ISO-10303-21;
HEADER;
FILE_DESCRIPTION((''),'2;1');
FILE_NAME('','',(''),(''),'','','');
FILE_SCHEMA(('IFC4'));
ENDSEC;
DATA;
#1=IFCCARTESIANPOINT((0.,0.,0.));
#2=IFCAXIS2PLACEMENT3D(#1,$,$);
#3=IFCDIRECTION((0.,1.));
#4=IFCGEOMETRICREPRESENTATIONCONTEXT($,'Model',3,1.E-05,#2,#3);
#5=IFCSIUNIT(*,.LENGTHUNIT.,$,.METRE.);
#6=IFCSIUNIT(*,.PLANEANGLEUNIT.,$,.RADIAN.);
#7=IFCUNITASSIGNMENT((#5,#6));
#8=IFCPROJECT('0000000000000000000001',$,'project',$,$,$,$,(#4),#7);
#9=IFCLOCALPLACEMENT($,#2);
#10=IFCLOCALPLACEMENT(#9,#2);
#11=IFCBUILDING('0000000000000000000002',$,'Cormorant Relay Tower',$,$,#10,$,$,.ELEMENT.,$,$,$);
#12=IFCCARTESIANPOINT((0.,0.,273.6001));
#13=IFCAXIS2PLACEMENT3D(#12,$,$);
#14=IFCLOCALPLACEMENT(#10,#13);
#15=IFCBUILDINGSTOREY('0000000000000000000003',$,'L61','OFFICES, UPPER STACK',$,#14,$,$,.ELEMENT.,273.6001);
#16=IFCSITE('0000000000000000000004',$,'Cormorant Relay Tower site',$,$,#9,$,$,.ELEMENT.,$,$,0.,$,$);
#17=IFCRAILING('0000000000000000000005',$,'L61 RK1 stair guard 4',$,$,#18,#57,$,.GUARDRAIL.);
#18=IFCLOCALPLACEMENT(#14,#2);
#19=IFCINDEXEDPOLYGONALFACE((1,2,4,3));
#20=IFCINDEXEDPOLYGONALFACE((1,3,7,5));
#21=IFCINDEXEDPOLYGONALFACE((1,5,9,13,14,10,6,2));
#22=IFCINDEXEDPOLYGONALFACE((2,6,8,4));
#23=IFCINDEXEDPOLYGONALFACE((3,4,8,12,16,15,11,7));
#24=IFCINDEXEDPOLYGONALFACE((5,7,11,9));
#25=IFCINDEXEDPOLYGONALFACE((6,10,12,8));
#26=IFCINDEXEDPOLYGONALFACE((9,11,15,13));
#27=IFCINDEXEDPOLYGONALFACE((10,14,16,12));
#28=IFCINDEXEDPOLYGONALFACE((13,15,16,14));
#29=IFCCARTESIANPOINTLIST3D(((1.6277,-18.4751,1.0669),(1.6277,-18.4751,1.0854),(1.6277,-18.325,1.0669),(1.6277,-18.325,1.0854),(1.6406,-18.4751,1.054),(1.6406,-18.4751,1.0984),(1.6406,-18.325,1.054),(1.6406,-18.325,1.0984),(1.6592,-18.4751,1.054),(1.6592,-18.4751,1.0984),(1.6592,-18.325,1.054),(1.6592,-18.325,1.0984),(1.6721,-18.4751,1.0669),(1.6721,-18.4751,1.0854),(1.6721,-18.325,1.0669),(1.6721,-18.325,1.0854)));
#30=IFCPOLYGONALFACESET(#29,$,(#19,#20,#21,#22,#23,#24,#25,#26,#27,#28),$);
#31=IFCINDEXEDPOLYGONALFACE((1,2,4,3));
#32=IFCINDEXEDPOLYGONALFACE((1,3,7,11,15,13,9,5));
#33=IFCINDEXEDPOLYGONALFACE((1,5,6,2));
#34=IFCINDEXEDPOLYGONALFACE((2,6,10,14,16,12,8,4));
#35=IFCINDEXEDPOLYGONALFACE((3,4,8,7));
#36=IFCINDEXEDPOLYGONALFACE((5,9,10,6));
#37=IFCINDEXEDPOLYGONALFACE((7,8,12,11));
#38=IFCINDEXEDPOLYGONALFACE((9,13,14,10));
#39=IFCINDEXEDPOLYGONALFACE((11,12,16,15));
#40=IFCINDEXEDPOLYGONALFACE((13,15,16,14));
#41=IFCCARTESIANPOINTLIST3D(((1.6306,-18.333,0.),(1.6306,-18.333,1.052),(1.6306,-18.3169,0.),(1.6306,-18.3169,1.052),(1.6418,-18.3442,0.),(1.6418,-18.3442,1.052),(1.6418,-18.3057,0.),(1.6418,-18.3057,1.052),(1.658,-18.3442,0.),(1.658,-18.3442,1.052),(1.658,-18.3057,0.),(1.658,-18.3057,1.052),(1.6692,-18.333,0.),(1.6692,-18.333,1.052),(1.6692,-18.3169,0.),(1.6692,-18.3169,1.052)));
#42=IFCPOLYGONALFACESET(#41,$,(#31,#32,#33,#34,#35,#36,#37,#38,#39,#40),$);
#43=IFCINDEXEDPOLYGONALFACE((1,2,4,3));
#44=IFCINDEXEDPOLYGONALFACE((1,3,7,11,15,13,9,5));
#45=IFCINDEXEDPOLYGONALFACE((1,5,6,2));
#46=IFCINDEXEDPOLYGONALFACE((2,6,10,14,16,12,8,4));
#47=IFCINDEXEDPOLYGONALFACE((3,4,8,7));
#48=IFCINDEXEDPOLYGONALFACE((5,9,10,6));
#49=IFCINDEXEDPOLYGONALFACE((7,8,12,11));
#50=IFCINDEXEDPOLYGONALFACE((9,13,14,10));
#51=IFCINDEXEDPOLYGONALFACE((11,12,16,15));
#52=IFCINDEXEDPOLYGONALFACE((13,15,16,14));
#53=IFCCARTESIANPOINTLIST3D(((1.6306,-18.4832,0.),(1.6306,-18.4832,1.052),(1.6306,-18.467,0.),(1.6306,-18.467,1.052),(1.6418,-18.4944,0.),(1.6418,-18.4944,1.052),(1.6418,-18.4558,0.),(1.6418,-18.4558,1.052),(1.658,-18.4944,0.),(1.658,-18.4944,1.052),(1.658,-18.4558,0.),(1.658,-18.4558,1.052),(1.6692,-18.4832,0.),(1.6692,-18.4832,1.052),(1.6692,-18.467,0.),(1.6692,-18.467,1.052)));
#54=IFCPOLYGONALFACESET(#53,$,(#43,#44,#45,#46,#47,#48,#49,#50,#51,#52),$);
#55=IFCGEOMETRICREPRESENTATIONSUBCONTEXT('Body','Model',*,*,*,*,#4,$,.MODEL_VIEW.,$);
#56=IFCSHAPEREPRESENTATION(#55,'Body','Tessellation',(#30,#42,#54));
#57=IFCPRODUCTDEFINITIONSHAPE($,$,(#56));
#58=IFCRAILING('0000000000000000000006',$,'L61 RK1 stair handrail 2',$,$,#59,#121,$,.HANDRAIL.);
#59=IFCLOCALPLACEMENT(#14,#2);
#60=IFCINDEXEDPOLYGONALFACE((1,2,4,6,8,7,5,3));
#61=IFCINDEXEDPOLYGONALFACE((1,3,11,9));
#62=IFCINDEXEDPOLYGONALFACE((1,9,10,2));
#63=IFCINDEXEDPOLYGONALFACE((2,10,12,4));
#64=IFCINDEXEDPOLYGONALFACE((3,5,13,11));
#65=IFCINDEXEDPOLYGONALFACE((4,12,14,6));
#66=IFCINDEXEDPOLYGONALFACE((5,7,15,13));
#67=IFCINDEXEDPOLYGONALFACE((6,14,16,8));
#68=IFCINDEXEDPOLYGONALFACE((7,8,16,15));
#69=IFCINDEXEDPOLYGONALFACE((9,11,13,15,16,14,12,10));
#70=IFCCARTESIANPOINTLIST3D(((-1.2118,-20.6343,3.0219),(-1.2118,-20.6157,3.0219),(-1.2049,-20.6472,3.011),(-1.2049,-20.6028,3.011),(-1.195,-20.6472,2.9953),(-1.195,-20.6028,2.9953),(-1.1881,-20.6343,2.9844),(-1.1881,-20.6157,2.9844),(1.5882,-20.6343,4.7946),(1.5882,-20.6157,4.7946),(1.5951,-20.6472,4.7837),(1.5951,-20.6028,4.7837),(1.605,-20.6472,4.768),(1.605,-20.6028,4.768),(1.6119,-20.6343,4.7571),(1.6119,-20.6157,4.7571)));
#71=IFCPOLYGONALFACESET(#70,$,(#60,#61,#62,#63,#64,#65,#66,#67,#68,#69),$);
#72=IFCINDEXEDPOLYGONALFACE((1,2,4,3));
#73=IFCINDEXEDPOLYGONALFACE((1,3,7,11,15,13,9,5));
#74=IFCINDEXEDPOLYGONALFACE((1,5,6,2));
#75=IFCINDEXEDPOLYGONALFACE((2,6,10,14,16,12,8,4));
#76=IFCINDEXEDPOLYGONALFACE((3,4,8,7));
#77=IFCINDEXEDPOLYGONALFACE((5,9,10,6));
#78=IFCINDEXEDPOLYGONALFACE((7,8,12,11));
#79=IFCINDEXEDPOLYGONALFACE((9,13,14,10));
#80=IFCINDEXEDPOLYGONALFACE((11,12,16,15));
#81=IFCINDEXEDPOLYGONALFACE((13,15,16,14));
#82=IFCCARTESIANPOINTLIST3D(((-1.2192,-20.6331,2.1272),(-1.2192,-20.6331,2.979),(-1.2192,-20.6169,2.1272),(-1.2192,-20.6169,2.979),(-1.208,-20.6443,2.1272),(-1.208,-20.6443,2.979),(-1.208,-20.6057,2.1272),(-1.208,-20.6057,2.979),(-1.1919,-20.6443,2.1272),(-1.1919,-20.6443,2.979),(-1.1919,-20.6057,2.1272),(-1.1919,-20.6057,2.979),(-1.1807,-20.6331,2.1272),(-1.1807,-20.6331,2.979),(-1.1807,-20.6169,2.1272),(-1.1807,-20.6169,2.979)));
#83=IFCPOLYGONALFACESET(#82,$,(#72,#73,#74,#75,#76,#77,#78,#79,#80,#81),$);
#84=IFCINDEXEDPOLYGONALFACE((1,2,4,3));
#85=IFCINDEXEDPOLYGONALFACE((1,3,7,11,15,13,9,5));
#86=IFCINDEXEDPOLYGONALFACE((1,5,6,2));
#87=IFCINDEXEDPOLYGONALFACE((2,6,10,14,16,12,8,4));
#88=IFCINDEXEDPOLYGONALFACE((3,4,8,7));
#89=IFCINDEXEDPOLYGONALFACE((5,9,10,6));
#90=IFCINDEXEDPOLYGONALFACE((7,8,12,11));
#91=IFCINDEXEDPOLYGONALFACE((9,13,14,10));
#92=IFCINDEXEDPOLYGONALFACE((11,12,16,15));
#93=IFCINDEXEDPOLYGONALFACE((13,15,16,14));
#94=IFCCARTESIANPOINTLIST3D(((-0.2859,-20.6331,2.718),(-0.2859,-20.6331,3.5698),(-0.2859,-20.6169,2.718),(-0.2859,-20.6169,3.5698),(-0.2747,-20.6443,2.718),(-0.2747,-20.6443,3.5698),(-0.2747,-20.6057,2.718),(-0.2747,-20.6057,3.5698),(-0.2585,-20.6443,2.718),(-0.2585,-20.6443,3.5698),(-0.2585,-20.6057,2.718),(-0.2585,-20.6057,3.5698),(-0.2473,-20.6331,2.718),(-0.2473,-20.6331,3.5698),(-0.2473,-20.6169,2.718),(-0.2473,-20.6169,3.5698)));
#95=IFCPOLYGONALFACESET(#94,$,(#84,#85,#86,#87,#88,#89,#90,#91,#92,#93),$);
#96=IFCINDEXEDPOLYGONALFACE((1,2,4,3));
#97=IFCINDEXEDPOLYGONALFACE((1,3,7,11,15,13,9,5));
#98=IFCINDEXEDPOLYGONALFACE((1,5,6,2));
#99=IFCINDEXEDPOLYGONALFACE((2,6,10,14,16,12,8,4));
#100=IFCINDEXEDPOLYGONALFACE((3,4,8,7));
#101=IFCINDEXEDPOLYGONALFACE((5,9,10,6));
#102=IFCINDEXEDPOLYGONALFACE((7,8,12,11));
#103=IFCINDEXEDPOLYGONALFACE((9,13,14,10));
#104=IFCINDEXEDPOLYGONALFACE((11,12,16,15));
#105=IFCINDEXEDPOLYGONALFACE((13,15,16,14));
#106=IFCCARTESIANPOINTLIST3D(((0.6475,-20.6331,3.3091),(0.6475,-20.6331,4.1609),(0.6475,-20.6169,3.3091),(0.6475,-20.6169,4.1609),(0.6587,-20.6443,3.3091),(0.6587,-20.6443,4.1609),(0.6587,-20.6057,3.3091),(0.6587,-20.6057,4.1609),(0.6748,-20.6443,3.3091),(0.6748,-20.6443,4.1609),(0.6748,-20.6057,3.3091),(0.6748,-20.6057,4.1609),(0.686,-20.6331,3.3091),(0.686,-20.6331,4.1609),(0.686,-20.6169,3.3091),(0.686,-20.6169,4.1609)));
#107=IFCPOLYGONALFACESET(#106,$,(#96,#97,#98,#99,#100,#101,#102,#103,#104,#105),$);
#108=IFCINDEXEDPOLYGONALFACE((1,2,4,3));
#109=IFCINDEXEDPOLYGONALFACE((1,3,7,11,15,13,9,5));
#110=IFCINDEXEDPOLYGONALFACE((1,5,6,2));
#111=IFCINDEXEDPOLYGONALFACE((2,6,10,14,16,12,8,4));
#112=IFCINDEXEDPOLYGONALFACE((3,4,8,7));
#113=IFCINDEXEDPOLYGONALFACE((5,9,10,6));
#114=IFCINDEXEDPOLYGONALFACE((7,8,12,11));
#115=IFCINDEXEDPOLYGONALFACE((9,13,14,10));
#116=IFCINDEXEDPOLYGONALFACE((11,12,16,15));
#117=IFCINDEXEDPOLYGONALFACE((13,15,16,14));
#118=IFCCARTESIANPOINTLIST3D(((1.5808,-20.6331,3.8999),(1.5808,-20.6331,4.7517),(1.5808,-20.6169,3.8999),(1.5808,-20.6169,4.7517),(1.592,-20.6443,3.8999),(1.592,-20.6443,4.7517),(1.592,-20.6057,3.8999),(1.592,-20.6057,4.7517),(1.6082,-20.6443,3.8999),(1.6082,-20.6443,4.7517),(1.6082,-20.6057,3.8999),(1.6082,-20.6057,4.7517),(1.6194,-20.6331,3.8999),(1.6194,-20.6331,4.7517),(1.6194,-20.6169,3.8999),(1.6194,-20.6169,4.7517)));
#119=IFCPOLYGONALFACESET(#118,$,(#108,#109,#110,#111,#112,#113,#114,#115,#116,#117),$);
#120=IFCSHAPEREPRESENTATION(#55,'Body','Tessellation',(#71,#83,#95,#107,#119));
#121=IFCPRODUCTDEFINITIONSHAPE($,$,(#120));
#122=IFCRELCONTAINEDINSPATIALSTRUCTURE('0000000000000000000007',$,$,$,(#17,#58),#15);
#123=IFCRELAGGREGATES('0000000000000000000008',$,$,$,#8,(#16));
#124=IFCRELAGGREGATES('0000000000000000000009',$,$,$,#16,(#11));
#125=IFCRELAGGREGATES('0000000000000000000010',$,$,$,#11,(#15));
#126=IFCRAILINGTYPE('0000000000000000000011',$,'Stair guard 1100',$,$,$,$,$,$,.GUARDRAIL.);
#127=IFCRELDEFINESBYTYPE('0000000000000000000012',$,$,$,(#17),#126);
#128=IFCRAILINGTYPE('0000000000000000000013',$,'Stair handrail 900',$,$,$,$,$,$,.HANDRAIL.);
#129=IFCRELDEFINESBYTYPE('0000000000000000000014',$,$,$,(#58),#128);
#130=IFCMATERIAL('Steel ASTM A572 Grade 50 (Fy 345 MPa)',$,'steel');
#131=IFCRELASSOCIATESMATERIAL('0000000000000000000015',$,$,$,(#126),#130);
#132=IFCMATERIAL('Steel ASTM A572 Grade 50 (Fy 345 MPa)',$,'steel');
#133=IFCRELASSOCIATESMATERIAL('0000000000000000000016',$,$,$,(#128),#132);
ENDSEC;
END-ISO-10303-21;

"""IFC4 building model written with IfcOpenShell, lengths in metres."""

from ifc_helpers import new_model, si_unit, direction, frame, origin, place, context, subcontext, project, spatial, polyline, outline, extrude, material, type_object, element, save


model = new_model("IFC4")

# Units and contexts
model_context = context("Model", 3, precision=1e-05, world=origin(), true_north=direction((0.0, 1.0)))
body_context = subcontext(model_context, "Body", "Model", "MODEL_VIEW")
ifc_project = project(units=[si_unit("LENGTHUNIT", "METRE"), si_unit("PLANEANGLEUNIT", "RADIAN")], contexts=[model_context])

# Site, building, storey
site_placement = place(None, origin())
site = spatial("IfcSite", under=ifc_project, at=site_placement, Name="Cormorant Relay Tower site", CompositionType="ELEMENT", RefElevation=0.0)
building_placement = place(site_placement, origin())
building = spatial("IfcBuilding", under=site, at=building_placement, Name="Cormorant Relay Tower", CompositionType="ELEMENT")
storey_placement = place(building_placement, frame((0.0, 0.0, 273.6001)))
storey = spatial("IfcBuildingStorey", under=building, at=storey_placement, Name="L61", Description="OFFICES, UPPER STACK", CompositionType="ELEMENT", Elevation=273.6001)

# Railings
ifc_material_1 = material(Name="Steel ASTM A572 Grade 50 (Fy 345 MPa)", Category="steel")
railing_type_1 = type_object("IfcRailingType", Name="Stair guard 1100", PredefinedType="GUARDRAIL", material=ifc_material_1)
railing_1_placement = place(storey_placement, frame((1.6499, -18.325, 0.0)))
element("IfcRailing", 1, at=railing_1_placement, inside=storey, type_object=railing_type_1, Name="L61 RK1 stair guard 4", PredefinedType="GUARDRAIL", context=body_context, shape_type="SweptSolid", body=[
    extrude(outline(polyline([(0.0222, 0.0093), (0.0093, 0.0222), (-0.0093, 0.0222), (-0.0222, 0.0093), (-0.0222, -0.0093), (-0.0093, -0.0222), (0.0093, -0.0222), (0.0222, -0.0093), (0.0222, 0.0093)])), frame((0.0, 0.0, 1.0762), z_axis=(0.0, -1.0, 0.0), x_axis=(1.0, 0.0, 0.0)), (0.0, 0.0, 1.0), 0.1501),
    extrude(outline(polyline([(0.0193, 0.0081), (0.0081, 0.0193), (-0.0081, 0.0193), (-0.0193, 0.0081), (-0.0193, -0.0081), (-0.0081, -0.0193), (0.0081, -0.0193), (0.0193, -0.0081), (0.0193, 0.0081)])), origin(), (0.0, 0.0, 1.0), 1.052),
    extrude(outline(polyline([(0.0193, 0.0081), (0.0081, 0.0193), (-0.0081, 0.0193), (-0.0193, 0.0081), (-0.0193, -0.0081), (-0.0081, -0.0193), (0.0081, -0.0193), (0.0193, -0.0081), (0.0193, 0.0081)])), frame((0.0, -0.1501, 0.0)), (0.0, 0.0, 1.0), 1.052),
])
ifc_material_2 = material(Name="Steel ASTM A572 Grade 50 (Fy 345 MPa)", Category="steel")
railing_type_2 = type_object("IfcRailingType", Name="Stair handrail 900", PredefinedType="HANDRAIL", material=ifc_material_2)
railing_2_placement = place(storey_placement, frame((-1.2, -20.625, 2.1272)))
element("IfcRailing", 2, at=railing_2_placement, inside=storey, type_object=railing_type_2, Name="L61 RK1 stair handrail 2", PredefinedType="HANDRAIL", context=body_context, shape_type="SweptSolid", body=[
    extrude(outline(polyline([(0.0222, 0.0093), (0.0093, 0.0222), (-0.0093, 0.0222), (-0.0222, 0.0093), (-0.0222, -0.0093), (-0.0093, -0.0222), (0.0093, -0.0222), (0.0222, -0.0093), (0.0222, 0.0093)])), frame((0.0, 0.0, 0.876), z_axis=(0.844909, 0.0, 0.53491), x_axis=(0.0, 1.0, 0.0)), (0.0, 0.0, 1.0), 3.314),
    extrude(outline(polyline([(0.0193, 0.0081), (0.0081, 0.0193), (-0.0081, 0.0193), (-0.0193, 0.0081), (-0.0193, -0.0081), (-0.0081, -0.0193), (0.0081, -0.0193), (0.0193, -0.0081), (0.0193, 0.0081)])), origin(), (0.0, 0.0, 1.0), 0.8518),
    extrude(outline(polyline([(0.0193, 0.0081), (0.0081, 0.0193), (-0.0081, 0.0193), (-0.0193, 0.0081), (-0.0193, -0.0081), (-0.0081, -0.0193), (0.0081, -0.0193), (0.0193, -0.0081), (0.0193, 0.0081)])), frame((0.9333, 0.0, 0.5908)), (0.0, 0.0, 1.0), 0.8518),
    extrude(outline(polyline([(0.0193, 0.0081), (0.0081, 0.0193), (-0.0081, 0.0193), (-0.0193, 0.0081), (-0.0193, -0.0081), (-0.0081, -0.0193), (0.0081, -0.0193), (0.0193, -0.0081), (0.0193, 0.0081)])), frame((1.8667, 0.0, 1.1819)), (0.0, 0.0, 1.0), 0.8518),
    extrude(outline(polyline([(0.0193, 0.0081), (0.0081, 0.0193), (-0.0081, 0.0193), (-0.0193, 0.0081), (-0.0193, -0.0081), (-0.0081, -0.0193), (0.0081, -0.0193), (0.0193, -0.0081), (0.0193, 0.0081)])), frame((2.8, 0.0, 1.7727)), (0.0, 0.0, 1.0), 0.8518),
])

save(model, "model.ifc")
